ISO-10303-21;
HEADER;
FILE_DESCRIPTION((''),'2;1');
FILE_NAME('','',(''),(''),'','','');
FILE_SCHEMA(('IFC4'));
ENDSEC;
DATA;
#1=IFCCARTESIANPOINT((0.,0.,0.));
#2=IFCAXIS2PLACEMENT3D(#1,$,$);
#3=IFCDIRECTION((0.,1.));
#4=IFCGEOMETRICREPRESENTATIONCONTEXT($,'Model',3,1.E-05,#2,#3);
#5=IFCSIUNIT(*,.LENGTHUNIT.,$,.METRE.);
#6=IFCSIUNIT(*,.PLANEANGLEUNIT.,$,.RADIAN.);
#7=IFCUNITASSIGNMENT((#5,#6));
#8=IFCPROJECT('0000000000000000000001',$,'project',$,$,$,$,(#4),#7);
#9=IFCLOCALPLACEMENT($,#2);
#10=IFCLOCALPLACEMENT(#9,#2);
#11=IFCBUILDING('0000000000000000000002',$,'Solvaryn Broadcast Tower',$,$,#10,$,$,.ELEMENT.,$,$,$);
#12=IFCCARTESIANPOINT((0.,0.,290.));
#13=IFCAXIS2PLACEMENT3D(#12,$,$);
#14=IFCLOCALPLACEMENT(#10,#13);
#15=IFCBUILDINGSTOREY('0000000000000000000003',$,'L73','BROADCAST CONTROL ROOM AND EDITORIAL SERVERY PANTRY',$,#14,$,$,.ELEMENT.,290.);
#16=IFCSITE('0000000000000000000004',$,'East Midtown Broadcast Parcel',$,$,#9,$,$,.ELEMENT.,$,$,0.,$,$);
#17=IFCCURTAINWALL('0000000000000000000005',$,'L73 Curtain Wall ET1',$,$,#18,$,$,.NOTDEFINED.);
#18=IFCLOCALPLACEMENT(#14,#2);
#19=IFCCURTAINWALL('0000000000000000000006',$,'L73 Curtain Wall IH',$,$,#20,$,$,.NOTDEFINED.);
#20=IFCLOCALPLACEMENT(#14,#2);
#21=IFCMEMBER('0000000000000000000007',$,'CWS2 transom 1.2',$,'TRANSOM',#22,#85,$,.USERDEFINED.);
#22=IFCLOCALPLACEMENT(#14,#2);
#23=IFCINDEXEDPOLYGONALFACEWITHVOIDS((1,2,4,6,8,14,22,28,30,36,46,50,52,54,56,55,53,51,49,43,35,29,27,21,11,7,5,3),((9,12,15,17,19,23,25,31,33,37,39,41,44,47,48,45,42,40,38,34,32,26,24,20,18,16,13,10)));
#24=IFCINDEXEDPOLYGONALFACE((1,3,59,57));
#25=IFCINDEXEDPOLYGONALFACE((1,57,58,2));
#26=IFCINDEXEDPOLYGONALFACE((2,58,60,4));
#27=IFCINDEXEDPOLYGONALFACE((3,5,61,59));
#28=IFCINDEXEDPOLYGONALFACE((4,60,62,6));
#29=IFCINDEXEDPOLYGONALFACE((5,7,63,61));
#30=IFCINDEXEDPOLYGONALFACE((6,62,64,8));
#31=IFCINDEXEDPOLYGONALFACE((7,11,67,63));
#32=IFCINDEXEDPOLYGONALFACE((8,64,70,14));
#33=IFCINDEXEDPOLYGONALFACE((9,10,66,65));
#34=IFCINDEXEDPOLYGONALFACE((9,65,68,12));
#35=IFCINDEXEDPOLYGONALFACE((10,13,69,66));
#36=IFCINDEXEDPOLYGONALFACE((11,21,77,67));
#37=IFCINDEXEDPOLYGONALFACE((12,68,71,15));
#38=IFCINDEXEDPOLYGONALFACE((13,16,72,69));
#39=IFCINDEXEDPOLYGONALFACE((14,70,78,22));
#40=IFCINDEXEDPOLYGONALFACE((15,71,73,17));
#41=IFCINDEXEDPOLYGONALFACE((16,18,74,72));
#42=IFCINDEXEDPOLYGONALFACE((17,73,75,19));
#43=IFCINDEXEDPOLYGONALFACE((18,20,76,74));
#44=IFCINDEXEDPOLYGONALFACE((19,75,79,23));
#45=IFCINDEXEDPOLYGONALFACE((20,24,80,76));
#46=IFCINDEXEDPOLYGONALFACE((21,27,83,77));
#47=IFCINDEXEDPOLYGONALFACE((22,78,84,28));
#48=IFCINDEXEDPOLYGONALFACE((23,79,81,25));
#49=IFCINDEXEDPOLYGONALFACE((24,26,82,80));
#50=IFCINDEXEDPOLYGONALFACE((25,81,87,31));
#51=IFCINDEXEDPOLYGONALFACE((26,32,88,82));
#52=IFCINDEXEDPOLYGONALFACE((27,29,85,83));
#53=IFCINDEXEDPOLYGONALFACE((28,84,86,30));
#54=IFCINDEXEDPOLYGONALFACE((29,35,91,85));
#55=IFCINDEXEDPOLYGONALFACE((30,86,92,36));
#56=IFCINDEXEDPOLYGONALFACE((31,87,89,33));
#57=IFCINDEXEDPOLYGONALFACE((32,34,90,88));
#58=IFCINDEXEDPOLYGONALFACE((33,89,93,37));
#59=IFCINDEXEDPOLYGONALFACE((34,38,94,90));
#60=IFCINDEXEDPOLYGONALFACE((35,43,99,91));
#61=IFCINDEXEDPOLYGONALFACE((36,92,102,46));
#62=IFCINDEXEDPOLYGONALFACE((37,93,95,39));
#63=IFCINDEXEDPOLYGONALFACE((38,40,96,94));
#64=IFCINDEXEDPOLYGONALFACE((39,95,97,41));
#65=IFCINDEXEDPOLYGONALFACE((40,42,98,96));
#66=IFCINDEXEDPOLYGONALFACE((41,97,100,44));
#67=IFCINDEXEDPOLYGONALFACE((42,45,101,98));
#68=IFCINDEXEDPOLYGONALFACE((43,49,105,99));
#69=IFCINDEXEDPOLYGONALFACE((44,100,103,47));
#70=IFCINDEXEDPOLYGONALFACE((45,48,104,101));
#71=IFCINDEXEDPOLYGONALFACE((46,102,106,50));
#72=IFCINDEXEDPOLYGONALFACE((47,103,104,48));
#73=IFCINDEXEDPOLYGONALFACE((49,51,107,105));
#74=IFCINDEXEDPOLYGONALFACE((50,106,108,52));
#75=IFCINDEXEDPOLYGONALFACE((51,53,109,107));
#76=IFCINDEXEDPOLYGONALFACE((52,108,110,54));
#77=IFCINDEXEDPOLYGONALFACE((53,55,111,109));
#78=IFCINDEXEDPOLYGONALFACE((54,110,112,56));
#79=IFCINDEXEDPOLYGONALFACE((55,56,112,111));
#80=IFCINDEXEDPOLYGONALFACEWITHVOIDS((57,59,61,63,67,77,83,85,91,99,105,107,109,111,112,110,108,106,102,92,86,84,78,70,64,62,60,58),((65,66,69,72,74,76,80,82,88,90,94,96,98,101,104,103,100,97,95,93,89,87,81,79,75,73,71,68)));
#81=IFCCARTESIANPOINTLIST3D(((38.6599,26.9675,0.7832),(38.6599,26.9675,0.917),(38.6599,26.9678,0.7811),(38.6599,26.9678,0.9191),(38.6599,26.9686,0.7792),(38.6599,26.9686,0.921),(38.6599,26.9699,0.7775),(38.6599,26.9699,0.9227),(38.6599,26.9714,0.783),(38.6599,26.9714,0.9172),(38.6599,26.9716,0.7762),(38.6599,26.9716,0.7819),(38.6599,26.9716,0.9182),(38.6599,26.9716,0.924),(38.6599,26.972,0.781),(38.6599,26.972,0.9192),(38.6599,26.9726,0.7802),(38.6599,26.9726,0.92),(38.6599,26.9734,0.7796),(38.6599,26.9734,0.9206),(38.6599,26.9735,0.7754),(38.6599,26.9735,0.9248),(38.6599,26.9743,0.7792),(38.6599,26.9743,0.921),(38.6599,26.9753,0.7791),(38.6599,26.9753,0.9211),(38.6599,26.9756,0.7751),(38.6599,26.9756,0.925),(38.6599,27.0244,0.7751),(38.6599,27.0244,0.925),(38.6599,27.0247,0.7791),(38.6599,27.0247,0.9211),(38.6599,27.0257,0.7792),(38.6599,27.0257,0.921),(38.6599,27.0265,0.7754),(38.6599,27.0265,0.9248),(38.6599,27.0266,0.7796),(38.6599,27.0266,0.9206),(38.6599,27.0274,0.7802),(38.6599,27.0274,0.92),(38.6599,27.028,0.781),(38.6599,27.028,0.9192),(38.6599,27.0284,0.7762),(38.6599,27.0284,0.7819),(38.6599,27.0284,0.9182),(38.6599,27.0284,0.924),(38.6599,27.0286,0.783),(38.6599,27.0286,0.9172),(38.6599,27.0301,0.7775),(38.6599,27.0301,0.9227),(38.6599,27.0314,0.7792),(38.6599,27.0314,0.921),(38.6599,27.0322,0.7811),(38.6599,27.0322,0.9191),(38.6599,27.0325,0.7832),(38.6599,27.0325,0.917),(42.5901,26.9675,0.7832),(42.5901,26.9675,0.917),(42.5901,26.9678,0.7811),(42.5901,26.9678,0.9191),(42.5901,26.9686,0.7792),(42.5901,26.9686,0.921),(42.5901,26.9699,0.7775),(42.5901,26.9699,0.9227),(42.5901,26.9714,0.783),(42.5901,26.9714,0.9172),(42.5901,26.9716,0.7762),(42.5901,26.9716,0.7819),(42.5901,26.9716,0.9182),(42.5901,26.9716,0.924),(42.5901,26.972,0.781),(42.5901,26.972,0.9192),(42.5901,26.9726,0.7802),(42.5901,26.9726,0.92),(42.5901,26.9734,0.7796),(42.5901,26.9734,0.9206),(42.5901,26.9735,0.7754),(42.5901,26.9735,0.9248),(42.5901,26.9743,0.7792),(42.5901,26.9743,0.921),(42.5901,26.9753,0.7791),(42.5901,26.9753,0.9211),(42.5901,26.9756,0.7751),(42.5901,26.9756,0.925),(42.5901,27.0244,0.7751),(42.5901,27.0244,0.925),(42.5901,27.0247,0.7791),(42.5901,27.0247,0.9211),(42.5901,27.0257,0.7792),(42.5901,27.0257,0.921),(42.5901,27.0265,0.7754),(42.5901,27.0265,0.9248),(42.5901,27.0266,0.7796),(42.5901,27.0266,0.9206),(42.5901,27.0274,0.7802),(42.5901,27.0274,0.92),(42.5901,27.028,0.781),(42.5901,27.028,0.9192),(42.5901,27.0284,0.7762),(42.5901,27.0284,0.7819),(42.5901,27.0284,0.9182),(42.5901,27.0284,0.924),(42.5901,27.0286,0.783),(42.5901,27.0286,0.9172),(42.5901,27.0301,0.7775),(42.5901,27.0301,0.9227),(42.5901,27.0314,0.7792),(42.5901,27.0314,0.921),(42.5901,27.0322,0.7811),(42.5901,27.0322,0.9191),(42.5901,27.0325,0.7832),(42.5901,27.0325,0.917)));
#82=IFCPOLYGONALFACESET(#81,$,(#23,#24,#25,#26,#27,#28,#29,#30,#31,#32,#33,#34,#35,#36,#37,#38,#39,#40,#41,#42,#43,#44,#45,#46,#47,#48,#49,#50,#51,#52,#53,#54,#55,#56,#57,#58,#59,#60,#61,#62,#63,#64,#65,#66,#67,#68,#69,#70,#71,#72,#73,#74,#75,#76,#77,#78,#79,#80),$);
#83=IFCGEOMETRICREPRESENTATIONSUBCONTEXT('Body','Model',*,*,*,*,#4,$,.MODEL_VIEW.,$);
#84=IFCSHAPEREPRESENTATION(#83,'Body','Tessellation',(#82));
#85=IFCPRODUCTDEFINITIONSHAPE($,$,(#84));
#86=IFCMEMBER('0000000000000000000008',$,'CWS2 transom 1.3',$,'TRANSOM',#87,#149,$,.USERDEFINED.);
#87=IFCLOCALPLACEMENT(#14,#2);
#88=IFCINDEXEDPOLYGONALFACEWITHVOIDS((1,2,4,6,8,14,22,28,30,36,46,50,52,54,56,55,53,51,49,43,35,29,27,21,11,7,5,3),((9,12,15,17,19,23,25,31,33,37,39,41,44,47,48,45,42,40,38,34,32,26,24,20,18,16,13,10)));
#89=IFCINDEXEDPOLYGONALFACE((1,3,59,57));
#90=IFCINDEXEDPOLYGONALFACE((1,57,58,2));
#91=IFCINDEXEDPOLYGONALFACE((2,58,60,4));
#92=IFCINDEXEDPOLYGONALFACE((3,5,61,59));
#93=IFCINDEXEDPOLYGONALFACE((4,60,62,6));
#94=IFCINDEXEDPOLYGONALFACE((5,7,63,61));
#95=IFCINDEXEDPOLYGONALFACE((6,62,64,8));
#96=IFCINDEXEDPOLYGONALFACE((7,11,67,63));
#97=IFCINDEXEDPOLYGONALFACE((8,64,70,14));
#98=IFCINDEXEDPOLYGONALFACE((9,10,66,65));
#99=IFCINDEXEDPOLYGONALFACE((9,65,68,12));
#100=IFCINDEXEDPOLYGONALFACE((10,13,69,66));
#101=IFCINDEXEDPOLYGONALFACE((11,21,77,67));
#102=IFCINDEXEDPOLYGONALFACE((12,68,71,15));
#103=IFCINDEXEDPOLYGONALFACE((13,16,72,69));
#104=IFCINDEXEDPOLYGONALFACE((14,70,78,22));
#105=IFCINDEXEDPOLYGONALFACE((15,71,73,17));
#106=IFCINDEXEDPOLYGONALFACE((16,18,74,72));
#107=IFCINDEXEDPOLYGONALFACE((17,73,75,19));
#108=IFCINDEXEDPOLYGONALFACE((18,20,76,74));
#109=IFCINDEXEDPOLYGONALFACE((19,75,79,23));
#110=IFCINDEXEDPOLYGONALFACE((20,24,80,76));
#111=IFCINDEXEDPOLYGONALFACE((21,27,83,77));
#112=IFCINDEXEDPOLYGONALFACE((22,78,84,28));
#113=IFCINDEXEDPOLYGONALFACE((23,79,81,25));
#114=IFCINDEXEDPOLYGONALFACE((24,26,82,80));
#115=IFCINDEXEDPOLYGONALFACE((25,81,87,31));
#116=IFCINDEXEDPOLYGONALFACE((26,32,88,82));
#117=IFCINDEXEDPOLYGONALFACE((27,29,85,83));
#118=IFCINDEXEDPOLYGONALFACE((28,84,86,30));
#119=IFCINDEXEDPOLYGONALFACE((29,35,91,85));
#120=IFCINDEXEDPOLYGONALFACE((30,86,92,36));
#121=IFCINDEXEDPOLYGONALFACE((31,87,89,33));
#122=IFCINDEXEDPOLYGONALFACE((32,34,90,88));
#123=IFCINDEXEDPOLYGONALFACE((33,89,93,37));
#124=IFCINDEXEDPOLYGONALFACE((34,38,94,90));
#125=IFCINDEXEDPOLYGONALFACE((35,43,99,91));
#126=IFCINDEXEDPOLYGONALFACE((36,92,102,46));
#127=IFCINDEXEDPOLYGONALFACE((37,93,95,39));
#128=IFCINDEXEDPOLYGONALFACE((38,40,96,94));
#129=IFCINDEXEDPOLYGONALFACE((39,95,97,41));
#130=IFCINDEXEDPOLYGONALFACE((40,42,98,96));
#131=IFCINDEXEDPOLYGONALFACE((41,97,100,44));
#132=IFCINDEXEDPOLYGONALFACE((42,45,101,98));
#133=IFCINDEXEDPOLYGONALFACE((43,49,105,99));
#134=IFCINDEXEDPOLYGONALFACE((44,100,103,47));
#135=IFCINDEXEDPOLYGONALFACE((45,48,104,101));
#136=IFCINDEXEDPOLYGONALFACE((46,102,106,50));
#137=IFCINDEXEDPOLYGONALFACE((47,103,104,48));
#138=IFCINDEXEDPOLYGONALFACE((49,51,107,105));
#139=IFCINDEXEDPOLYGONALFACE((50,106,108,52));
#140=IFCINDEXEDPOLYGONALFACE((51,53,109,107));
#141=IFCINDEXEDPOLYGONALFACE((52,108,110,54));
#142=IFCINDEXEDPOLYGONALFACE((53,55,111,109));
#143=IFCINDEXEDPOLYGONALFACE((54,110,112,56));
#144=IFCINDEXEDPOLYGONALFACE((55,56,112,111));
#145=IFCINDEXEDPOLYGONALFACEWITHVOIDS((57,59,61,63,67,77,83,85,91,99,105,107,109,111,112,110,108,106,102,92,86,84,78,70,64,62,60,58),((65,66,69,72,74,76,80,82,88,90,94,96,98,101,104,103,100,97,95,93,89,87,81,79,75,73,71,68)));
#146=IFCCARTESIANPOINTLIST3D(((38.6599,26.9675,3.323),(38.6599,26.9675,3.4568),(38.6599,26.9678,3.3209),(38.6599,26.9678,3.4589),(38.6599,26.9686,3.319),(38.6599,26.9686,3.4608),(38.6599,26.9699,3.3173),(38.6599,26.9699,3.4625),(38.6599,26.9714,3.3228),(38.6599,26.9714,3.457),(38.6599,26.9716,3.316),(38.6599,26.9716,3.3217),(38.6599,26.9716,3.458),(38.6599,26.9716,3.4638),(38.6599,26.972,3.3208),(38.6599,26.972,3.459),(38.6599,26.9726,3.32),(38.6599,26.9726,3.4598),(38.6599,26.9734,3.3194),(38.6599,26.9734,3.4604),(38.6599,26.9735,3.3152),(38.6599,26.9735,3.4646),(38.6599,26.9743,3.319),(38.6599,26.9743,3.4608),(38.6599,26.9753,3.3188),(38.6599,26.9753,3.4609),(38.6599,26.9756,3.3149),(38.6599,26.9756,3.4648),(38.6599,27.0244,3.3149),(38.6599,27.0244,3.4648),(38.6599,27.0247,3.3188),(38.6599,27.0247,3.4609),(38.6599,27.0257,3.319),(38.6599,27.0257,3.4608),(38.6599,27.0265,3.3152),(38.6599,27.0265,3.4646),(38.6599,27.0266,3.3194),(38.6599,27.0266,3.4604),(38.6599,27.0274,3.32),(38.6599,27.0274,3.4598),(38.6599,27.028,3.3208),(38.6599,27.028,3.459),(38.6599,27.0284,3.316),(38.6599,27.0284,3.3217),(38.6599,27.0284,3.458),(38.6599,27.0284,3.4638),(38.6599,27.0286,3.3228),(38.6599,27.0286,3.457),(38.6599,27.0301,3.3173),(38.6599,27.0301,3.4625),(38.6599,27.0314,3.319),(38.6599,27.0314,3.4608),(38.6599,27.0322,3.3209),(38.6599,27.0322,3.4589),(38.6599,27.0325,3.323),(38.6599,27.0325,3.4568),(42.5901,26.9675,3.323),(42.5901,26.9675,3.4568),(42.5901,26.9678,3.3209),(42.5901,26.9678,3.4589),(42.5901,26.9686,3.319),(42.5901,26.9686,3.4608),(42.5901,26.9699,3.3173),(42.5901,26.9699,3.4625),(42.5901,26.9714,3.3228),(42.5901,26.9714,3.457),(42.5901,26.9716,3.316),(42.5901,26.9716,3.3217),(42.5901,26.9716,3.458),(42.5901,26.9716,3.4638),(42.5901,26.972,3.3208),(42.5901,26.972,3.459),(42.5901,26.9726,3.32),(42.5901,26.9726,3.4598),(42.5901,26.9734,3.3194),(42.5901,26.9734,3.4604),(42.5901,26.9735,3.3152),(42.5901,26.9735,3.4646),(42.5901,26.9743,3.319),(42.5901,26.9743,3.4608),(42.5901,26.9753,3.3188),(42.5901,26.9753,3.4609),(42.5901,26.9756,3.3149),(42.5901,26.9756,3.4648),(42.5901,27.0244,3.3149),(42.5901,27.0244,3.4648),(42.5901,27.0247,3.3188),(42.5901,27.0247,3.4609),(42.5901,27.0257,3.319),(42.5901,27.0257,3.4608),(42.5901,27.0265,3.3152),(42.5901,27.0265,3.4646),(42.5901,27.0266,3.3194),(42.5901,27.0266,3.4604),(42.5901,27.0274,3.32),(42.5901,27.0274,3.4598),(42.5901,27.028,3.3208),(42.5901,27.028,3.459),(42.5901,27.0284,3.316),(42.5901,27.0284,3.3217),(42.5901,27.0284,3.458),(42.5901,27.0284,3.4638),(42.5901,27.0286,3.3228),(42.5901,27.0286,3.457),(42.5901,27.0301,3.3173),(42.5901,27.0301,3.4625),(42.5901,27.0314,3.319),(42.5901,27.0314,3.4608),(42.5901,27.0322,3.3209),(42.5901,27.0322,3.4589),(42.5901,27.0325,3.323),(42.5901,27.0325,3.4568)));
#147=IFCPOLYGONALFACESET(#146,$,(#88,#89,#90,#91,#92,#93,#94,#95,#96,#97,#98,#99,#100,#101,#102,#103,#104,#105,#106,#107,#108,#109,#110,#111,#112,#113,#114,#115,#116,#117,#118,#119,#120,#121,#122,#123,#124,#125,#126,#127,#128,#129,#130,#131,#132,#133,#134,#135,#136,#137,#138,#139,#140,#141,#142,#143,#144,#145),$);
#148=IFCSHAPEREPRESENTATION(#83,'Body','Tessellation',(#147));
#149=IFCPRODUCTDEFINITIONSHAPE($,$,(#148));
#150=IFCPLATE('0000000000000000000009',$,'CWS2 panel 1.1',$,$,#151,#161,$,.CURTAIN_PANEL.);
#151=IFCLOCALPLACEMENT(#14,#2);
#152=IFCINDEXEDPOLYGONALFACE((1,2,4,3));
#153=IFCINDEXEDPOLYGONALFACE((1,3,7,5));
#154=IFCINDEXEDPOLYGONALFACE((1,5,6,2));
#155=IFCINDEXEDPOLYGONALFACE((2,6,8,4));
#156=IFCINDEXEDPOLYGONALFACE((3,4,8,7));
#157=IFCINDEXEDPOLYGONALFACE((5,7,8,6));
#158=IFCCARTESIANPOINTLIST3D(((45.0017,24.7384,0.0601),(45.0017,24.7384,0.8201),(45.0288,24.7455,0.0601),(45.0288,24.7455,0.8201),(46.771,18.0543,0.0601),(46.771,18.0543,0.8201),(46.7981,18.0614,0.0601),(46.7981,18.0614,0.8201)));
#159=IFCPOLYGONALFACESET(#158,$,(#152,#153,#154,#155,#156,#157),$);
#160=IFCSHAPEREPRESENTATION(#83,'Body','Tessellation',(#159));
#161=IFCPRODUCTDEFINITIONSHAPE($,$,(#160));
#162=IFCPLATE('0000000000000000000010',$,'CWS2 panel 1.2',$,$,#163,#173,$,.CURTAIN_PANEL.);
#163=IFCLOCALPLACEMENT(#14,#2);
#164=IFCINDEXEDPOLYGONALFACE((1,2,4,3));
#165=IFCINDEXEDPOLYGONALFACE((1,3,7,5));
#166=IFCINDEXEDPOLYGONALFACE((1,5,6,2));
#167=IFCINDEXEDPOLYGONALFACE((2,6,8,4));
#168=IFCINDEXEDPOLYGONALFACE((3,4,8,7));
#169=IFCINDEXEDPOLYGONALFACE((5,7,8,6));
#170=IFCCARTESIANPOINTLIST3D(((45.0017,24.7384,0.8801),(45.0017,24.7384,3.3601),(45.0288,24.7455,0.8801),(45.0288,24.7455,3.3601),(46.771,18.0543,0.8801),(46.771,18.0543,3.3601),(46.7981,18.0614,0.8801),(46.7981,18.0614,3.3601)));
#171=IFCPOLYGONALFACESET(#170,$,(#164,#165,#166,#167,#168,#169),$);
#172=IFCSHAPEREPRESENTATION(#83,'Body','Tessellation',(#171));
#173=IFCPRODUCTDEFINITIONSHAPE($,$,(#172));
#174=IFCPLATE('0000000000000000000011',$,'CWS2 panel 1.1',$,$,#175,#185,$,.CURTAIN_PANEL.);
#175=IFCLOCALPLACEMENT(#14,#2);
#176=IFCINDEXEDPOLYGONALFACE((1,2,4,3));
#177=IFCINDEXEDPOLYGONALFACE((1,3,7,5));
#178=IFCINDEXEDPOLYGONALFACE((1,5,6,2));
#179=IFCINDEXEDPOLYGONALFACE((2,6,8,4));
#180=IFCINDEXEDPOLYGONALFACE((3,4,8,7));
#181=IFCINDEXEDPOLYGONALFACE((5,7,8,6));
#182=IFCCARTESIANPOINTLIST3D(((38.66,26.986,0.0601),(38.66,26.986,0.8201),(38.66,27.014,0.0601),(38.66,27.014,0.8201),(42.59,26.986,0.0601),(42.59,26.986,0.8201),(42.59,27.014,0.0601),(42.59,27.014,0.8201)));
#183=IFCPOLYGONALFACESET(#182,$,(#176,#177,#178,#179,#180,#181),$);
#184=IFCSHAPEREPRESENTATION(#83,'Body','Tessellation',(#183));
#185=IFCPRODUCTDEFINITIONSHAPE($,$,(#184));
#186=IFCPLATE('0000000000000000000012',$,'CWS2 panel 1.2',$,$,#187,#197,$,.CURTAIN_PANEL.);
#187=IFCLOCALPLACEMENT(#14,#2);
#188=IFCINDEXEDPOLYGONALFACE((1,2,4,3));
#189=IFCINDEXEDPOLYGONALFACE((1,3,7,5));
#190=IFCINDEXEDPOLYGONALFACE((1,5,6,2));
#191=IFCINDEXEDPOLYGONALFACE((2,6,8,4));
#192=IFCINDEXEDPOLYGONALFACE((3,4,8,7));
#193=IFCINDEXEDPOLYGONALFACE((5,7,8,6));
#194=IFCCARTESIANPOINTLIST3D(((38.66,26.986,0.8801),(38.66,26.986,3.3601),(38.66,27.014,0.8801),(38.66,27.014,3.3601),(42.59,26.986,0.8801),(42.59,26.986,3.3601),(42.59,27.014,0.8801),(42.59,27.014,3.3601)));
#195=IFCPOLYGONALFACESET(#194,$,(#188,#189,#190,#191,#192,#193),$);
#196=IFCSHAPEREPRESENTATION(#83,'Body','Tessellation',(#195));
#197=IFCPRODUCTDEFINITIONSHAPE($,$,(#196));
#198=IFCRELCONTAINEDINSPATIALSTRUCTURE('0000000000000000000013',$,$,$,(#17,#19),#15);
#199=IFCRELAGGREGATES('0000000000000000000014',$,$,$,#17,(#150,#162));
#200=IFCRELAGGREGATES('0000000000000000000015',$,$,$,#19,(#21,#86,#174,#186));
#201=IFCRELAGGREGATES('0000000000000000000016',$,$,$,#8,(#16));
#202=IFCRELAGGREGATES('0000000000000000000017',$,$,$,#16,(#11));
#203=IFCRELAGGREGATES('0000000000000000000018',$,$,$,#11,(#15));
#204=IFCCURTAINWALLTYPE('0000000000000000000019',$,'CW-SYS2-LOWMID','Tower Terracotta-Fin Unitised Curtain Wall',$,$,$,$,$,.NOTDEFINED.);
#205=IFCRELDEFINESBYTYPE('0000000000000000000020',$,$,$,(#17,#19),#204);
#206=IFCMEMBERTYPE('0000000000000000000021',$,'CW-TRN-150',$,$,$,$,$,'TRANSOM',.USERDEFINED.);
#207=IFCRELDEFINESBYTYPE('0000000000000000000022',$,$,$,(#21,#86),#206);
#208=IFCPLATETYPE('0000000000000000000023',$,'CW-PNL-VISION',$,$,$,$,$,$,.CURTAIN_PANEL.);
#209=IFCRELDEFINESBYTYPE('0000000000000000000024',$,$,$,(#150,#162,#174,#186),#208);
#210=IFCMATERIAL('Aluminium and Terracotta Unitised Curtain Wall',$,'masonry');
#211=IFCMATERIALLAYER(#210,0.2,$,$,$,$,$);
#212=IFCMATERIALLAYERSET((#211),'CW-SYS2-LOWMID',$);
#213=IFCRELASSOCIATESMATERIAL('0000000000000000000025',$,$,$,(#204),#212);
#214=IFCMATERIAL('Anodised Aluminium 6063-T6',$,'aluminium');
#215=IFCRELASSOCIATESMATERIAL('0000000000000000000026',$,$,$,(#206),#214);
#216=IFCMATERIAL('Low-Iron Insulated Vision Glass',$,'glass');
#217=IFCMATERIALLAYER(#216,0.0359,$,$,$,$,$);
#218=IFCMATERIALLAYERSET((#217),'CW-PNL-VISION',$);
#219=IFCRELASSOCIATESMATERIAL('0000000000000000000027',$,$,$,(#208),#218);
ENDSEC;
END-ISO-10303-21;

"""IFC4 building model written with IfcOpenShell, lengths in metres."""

from ifc_helpers import new_model, si_unit, direction, frame, origin, origin_2d, place, context, subcontext, project, spatial, rectangle, hollow_rectangle, extrude, material, layer, layer_set, material_profile, profile_set, type_object, element, aggregate, save


model = new_model("IFC4")

# Units and contexts
model_context = context("Model", 3, precision=1e-05, world=origin(), true_north=direction((0.0, 1.0)))
body_context = subcontext(model_context, "Body", "Model", "MODEL_VIEW")
ifc_project = project(units=[si_unit("LENGTHUNIT", "METRE"), si_unit("PLANEANGLEUNIT", "RADIAN")], contexts=[model_context])

# Site, building, storey
site_placement = place(None, origin())
site = spatial("IfcSite", under=ifc_project, at=site_placement, Name="East Midtown Broadcast Parcel", CompositionType="ELEMENT", RefElevation=0.0)
building_placement = place(site_placement, origin())
building = spatial("IfcBuilding", under=site, at=building_placement, Name="Solvaryn Broadcast Tower", CompositionType="ELEMENT")
storey_placement = place(building_placement, frame((0.0, 0.0, 290.0)))
storey = spatial("IfcBuildingStorey", under=building, at=storey_placement, Name="L73", Description="BROADCAST CONTROL ROOM AND EDITORIAL SERVERY PANTRY", CompositionType="ELEMENT", Elevation=290.0)

# Curtain walls
ifc_material_1 = material(Name="Aluminium and Terracotta Unitised Curtain Wall", Category="masonry")
ifc_layer_1 = layer(ifc_material_1, 0.2)
ifc_layer_set_1 = layer_set([ifc_layer_1], Name="CW-SYS2-LOWMID")
curtain_wall_type = type_object("IfcCurtainWallType", Name="CW-SYS2-LOWMID", Description="Tower Terracotta-Fin Unitised Curtain Wall", PredefinedType="NOTDEFINED", material=ifc_layer_set_1)
curtain_wall_1_placement = place(storey_placement, origin())
curtain_wall_1 = element("IfcCurtainWall", 1, at=curtain_wall_1_placement, inside=storey, type_object=curtain_wall_type, Name="L73 Curtain Wall ET1", PredefinedType="NOTDEFINED")
curtain_wall_2_placement = place(storey_placement, origin())
curtain_wall_2 = element("IfcCurtainWall", 2, at=curtain_wall_2_placement, inside=storey, type_object=curtain_wall_type, Name="L73 Curtain Wall IH", PredefinedType="NOTDEFINED")

# Members
ifc_material_2 = material(Name="Anodised Aluminium 6063-T6", Category="aluminium")
ifc_material_profile_1 = material_profile(ifc_material_2, hollow_rectangle(XDim=0.0649, YDim=0.1499, WallThickness=0.0039, InnerFilletRadius=0.0039, OuterFilletRadius=0.0081, at=origin_2d()))
ifc_profile_set_1 = profile_set([ifc_material_profile_1], Name="Anodised Aluminium 6063-T6")
member_type_1 = type_object("IfcMemberType", Name="CW-TRN-150", ElementType="TRANSOM", PredefinedType="USERDEFINED", material=ifc_profile_set_1)
member_1_placement = place(storey_placement, frame((38.6599, 27.0, 0.8501), z_axis=(1.0, 0.0, 0.0), x_axis=(0.0, 1.0, 0.0)))
member_1 = element("IfcMember", 3, at=member_1_placement, type_object=member_type_1, Name="CWS2 transom 1.2", ObjectType="TRANSOM", PredefinedType="USERDEFINED", context=body_context, shape_type="SweptSolid", body=[
    extrude(hollow_rectangle(XDim=0.0649, YDim=0.1499, WallThickness=0.0039, InnerFilletRadius=0.0039, OuterFilletRadius=0.0081, at=origin_2d()), origin(), (0.0, 0.0, 1.0), 3.9302),
])
member_2_placement = place(storey_placement, frame((38.6599, 27.0, 3.3899), z_axis=(1.0, 0.0, 0.0), x_axis=(0.0, 1.0, 0.0)))
member_2 = element("IfcMember", 4, at=member_2_placement, type_object=member_type_1, Name="CWS2 transom 1.3", ObjectType="TRANSOM", PredefinedType="USERDEFINED", context=body_context, shape_type="SweptSolid", body=[
    extrude(hollow_rectangle(XDim=0.0649, YDim=0.1499, WallThickness=0.0039, InnerFilletRadius=0.0039, OuterFilletRadius=0.0081, at=origin_2d()), origin(), (0.0, 0.0, 1.0), 3.9302),
])

# Plates
ifc_material_3 = material(Name="Low-Iron Insulated Vision Glass", Category="glass")
ifc_layer_2 = layer(ifc_material_3, 0.0359)
ifc_layer_set_2 = layer_set([ifc_layer_2], Name="CW-PNL-VISION")
plate_type = type_object("IfcPlateType", Name="CW-PNL-VISION", PredefinedType="CURTAIN_PANEL", material=ifc_layer_set_2)
plate_1_placement = place(storey_placement, frame((45.8999, 21.3999, 0.0601), z_axis=(0.0, 0.0, 1.0), x_axis=(0.255893, -0.966705, 0.0)))
plate_1 = element("IfcPlate", 5, at=plate_1_placement, type_object=plate_type, Name="CWS2 panel 1.1", PredefinedType="CURTAIN_PANEL", context=body_context, shape_type="SweptSolid", body=[
    extrude(rectangle(XDim=6.9143, YDim=0.0281, at=origin_2d()), origin(), (0.0, 0.0, 1.0), 0.76),
])
plate_2_placement = place(storey_placement, frame((45.8999, 21.3999, 0.8801), z_axis=(0.0, 0.0, 1.0), x_axis=(0.255893, -0.966705, 0.0)))
plate_2 = element("IfcPlate", 6, at=plate_2_placement, type_object=plate_type, Name="CWS2 panel 1.2", PredefinedType="CURTAIN_PANEL", context=body_context, shape_type="SweptSolid", body=[
    extrude(rectangle(XDim=6.9143, YDim=0.0281, at=origin_2d()), origin(), (0.0, 0.0, 1.0), 2.48),
])
aggregate(curtain_wall_1, [plate_1, plate_2])
plate_3_placement = place(storey_placement, frame((40.625, 27.0, 0.0601), z_axis=(0.0, 0.0, 1.0), x_axis=(1.0, 0.0, 0.0)))
plate_3 = element("IfcPlate", 7, at=plate_3_placement, type_object=plate_type, Name="CWS2 panel 1.1", PredefinedType="CURTAIN_PANEL", context=body_context, shape_type="SweptSolid", body=[
    extrude(rectangle(XDim=3.9299, YDim=0.0281, at=origin_2d()), origin(), (0.0, 0.0, 1.0), 0.76),
])
plate_4_placement = place(storey_placement, frame((40.625, 27.0, 0.8801), z_axis=(0.0, 0.0, 1.0), x_axis=(1.0, 0.0, 0.0)))
plate_4 = element("IfcPlate", 8, at=plate_4_placement, type_object=plate_type, Name="CWS2 panel 1.2", PredefinedType="CURTAIN_PANEL", context=body_context, shape_type="SweptSolid", body=[
    extrude(rectangle(XDim=3.9299, YDim=0.0281, at=origin_2d()), origin(), (0.0, 0.0, 1.0), 2.48),
])
aggregate(curtain_wall_2, [member_1, member_2, plate_3, plate_4])

save(model, "model.ifc")
